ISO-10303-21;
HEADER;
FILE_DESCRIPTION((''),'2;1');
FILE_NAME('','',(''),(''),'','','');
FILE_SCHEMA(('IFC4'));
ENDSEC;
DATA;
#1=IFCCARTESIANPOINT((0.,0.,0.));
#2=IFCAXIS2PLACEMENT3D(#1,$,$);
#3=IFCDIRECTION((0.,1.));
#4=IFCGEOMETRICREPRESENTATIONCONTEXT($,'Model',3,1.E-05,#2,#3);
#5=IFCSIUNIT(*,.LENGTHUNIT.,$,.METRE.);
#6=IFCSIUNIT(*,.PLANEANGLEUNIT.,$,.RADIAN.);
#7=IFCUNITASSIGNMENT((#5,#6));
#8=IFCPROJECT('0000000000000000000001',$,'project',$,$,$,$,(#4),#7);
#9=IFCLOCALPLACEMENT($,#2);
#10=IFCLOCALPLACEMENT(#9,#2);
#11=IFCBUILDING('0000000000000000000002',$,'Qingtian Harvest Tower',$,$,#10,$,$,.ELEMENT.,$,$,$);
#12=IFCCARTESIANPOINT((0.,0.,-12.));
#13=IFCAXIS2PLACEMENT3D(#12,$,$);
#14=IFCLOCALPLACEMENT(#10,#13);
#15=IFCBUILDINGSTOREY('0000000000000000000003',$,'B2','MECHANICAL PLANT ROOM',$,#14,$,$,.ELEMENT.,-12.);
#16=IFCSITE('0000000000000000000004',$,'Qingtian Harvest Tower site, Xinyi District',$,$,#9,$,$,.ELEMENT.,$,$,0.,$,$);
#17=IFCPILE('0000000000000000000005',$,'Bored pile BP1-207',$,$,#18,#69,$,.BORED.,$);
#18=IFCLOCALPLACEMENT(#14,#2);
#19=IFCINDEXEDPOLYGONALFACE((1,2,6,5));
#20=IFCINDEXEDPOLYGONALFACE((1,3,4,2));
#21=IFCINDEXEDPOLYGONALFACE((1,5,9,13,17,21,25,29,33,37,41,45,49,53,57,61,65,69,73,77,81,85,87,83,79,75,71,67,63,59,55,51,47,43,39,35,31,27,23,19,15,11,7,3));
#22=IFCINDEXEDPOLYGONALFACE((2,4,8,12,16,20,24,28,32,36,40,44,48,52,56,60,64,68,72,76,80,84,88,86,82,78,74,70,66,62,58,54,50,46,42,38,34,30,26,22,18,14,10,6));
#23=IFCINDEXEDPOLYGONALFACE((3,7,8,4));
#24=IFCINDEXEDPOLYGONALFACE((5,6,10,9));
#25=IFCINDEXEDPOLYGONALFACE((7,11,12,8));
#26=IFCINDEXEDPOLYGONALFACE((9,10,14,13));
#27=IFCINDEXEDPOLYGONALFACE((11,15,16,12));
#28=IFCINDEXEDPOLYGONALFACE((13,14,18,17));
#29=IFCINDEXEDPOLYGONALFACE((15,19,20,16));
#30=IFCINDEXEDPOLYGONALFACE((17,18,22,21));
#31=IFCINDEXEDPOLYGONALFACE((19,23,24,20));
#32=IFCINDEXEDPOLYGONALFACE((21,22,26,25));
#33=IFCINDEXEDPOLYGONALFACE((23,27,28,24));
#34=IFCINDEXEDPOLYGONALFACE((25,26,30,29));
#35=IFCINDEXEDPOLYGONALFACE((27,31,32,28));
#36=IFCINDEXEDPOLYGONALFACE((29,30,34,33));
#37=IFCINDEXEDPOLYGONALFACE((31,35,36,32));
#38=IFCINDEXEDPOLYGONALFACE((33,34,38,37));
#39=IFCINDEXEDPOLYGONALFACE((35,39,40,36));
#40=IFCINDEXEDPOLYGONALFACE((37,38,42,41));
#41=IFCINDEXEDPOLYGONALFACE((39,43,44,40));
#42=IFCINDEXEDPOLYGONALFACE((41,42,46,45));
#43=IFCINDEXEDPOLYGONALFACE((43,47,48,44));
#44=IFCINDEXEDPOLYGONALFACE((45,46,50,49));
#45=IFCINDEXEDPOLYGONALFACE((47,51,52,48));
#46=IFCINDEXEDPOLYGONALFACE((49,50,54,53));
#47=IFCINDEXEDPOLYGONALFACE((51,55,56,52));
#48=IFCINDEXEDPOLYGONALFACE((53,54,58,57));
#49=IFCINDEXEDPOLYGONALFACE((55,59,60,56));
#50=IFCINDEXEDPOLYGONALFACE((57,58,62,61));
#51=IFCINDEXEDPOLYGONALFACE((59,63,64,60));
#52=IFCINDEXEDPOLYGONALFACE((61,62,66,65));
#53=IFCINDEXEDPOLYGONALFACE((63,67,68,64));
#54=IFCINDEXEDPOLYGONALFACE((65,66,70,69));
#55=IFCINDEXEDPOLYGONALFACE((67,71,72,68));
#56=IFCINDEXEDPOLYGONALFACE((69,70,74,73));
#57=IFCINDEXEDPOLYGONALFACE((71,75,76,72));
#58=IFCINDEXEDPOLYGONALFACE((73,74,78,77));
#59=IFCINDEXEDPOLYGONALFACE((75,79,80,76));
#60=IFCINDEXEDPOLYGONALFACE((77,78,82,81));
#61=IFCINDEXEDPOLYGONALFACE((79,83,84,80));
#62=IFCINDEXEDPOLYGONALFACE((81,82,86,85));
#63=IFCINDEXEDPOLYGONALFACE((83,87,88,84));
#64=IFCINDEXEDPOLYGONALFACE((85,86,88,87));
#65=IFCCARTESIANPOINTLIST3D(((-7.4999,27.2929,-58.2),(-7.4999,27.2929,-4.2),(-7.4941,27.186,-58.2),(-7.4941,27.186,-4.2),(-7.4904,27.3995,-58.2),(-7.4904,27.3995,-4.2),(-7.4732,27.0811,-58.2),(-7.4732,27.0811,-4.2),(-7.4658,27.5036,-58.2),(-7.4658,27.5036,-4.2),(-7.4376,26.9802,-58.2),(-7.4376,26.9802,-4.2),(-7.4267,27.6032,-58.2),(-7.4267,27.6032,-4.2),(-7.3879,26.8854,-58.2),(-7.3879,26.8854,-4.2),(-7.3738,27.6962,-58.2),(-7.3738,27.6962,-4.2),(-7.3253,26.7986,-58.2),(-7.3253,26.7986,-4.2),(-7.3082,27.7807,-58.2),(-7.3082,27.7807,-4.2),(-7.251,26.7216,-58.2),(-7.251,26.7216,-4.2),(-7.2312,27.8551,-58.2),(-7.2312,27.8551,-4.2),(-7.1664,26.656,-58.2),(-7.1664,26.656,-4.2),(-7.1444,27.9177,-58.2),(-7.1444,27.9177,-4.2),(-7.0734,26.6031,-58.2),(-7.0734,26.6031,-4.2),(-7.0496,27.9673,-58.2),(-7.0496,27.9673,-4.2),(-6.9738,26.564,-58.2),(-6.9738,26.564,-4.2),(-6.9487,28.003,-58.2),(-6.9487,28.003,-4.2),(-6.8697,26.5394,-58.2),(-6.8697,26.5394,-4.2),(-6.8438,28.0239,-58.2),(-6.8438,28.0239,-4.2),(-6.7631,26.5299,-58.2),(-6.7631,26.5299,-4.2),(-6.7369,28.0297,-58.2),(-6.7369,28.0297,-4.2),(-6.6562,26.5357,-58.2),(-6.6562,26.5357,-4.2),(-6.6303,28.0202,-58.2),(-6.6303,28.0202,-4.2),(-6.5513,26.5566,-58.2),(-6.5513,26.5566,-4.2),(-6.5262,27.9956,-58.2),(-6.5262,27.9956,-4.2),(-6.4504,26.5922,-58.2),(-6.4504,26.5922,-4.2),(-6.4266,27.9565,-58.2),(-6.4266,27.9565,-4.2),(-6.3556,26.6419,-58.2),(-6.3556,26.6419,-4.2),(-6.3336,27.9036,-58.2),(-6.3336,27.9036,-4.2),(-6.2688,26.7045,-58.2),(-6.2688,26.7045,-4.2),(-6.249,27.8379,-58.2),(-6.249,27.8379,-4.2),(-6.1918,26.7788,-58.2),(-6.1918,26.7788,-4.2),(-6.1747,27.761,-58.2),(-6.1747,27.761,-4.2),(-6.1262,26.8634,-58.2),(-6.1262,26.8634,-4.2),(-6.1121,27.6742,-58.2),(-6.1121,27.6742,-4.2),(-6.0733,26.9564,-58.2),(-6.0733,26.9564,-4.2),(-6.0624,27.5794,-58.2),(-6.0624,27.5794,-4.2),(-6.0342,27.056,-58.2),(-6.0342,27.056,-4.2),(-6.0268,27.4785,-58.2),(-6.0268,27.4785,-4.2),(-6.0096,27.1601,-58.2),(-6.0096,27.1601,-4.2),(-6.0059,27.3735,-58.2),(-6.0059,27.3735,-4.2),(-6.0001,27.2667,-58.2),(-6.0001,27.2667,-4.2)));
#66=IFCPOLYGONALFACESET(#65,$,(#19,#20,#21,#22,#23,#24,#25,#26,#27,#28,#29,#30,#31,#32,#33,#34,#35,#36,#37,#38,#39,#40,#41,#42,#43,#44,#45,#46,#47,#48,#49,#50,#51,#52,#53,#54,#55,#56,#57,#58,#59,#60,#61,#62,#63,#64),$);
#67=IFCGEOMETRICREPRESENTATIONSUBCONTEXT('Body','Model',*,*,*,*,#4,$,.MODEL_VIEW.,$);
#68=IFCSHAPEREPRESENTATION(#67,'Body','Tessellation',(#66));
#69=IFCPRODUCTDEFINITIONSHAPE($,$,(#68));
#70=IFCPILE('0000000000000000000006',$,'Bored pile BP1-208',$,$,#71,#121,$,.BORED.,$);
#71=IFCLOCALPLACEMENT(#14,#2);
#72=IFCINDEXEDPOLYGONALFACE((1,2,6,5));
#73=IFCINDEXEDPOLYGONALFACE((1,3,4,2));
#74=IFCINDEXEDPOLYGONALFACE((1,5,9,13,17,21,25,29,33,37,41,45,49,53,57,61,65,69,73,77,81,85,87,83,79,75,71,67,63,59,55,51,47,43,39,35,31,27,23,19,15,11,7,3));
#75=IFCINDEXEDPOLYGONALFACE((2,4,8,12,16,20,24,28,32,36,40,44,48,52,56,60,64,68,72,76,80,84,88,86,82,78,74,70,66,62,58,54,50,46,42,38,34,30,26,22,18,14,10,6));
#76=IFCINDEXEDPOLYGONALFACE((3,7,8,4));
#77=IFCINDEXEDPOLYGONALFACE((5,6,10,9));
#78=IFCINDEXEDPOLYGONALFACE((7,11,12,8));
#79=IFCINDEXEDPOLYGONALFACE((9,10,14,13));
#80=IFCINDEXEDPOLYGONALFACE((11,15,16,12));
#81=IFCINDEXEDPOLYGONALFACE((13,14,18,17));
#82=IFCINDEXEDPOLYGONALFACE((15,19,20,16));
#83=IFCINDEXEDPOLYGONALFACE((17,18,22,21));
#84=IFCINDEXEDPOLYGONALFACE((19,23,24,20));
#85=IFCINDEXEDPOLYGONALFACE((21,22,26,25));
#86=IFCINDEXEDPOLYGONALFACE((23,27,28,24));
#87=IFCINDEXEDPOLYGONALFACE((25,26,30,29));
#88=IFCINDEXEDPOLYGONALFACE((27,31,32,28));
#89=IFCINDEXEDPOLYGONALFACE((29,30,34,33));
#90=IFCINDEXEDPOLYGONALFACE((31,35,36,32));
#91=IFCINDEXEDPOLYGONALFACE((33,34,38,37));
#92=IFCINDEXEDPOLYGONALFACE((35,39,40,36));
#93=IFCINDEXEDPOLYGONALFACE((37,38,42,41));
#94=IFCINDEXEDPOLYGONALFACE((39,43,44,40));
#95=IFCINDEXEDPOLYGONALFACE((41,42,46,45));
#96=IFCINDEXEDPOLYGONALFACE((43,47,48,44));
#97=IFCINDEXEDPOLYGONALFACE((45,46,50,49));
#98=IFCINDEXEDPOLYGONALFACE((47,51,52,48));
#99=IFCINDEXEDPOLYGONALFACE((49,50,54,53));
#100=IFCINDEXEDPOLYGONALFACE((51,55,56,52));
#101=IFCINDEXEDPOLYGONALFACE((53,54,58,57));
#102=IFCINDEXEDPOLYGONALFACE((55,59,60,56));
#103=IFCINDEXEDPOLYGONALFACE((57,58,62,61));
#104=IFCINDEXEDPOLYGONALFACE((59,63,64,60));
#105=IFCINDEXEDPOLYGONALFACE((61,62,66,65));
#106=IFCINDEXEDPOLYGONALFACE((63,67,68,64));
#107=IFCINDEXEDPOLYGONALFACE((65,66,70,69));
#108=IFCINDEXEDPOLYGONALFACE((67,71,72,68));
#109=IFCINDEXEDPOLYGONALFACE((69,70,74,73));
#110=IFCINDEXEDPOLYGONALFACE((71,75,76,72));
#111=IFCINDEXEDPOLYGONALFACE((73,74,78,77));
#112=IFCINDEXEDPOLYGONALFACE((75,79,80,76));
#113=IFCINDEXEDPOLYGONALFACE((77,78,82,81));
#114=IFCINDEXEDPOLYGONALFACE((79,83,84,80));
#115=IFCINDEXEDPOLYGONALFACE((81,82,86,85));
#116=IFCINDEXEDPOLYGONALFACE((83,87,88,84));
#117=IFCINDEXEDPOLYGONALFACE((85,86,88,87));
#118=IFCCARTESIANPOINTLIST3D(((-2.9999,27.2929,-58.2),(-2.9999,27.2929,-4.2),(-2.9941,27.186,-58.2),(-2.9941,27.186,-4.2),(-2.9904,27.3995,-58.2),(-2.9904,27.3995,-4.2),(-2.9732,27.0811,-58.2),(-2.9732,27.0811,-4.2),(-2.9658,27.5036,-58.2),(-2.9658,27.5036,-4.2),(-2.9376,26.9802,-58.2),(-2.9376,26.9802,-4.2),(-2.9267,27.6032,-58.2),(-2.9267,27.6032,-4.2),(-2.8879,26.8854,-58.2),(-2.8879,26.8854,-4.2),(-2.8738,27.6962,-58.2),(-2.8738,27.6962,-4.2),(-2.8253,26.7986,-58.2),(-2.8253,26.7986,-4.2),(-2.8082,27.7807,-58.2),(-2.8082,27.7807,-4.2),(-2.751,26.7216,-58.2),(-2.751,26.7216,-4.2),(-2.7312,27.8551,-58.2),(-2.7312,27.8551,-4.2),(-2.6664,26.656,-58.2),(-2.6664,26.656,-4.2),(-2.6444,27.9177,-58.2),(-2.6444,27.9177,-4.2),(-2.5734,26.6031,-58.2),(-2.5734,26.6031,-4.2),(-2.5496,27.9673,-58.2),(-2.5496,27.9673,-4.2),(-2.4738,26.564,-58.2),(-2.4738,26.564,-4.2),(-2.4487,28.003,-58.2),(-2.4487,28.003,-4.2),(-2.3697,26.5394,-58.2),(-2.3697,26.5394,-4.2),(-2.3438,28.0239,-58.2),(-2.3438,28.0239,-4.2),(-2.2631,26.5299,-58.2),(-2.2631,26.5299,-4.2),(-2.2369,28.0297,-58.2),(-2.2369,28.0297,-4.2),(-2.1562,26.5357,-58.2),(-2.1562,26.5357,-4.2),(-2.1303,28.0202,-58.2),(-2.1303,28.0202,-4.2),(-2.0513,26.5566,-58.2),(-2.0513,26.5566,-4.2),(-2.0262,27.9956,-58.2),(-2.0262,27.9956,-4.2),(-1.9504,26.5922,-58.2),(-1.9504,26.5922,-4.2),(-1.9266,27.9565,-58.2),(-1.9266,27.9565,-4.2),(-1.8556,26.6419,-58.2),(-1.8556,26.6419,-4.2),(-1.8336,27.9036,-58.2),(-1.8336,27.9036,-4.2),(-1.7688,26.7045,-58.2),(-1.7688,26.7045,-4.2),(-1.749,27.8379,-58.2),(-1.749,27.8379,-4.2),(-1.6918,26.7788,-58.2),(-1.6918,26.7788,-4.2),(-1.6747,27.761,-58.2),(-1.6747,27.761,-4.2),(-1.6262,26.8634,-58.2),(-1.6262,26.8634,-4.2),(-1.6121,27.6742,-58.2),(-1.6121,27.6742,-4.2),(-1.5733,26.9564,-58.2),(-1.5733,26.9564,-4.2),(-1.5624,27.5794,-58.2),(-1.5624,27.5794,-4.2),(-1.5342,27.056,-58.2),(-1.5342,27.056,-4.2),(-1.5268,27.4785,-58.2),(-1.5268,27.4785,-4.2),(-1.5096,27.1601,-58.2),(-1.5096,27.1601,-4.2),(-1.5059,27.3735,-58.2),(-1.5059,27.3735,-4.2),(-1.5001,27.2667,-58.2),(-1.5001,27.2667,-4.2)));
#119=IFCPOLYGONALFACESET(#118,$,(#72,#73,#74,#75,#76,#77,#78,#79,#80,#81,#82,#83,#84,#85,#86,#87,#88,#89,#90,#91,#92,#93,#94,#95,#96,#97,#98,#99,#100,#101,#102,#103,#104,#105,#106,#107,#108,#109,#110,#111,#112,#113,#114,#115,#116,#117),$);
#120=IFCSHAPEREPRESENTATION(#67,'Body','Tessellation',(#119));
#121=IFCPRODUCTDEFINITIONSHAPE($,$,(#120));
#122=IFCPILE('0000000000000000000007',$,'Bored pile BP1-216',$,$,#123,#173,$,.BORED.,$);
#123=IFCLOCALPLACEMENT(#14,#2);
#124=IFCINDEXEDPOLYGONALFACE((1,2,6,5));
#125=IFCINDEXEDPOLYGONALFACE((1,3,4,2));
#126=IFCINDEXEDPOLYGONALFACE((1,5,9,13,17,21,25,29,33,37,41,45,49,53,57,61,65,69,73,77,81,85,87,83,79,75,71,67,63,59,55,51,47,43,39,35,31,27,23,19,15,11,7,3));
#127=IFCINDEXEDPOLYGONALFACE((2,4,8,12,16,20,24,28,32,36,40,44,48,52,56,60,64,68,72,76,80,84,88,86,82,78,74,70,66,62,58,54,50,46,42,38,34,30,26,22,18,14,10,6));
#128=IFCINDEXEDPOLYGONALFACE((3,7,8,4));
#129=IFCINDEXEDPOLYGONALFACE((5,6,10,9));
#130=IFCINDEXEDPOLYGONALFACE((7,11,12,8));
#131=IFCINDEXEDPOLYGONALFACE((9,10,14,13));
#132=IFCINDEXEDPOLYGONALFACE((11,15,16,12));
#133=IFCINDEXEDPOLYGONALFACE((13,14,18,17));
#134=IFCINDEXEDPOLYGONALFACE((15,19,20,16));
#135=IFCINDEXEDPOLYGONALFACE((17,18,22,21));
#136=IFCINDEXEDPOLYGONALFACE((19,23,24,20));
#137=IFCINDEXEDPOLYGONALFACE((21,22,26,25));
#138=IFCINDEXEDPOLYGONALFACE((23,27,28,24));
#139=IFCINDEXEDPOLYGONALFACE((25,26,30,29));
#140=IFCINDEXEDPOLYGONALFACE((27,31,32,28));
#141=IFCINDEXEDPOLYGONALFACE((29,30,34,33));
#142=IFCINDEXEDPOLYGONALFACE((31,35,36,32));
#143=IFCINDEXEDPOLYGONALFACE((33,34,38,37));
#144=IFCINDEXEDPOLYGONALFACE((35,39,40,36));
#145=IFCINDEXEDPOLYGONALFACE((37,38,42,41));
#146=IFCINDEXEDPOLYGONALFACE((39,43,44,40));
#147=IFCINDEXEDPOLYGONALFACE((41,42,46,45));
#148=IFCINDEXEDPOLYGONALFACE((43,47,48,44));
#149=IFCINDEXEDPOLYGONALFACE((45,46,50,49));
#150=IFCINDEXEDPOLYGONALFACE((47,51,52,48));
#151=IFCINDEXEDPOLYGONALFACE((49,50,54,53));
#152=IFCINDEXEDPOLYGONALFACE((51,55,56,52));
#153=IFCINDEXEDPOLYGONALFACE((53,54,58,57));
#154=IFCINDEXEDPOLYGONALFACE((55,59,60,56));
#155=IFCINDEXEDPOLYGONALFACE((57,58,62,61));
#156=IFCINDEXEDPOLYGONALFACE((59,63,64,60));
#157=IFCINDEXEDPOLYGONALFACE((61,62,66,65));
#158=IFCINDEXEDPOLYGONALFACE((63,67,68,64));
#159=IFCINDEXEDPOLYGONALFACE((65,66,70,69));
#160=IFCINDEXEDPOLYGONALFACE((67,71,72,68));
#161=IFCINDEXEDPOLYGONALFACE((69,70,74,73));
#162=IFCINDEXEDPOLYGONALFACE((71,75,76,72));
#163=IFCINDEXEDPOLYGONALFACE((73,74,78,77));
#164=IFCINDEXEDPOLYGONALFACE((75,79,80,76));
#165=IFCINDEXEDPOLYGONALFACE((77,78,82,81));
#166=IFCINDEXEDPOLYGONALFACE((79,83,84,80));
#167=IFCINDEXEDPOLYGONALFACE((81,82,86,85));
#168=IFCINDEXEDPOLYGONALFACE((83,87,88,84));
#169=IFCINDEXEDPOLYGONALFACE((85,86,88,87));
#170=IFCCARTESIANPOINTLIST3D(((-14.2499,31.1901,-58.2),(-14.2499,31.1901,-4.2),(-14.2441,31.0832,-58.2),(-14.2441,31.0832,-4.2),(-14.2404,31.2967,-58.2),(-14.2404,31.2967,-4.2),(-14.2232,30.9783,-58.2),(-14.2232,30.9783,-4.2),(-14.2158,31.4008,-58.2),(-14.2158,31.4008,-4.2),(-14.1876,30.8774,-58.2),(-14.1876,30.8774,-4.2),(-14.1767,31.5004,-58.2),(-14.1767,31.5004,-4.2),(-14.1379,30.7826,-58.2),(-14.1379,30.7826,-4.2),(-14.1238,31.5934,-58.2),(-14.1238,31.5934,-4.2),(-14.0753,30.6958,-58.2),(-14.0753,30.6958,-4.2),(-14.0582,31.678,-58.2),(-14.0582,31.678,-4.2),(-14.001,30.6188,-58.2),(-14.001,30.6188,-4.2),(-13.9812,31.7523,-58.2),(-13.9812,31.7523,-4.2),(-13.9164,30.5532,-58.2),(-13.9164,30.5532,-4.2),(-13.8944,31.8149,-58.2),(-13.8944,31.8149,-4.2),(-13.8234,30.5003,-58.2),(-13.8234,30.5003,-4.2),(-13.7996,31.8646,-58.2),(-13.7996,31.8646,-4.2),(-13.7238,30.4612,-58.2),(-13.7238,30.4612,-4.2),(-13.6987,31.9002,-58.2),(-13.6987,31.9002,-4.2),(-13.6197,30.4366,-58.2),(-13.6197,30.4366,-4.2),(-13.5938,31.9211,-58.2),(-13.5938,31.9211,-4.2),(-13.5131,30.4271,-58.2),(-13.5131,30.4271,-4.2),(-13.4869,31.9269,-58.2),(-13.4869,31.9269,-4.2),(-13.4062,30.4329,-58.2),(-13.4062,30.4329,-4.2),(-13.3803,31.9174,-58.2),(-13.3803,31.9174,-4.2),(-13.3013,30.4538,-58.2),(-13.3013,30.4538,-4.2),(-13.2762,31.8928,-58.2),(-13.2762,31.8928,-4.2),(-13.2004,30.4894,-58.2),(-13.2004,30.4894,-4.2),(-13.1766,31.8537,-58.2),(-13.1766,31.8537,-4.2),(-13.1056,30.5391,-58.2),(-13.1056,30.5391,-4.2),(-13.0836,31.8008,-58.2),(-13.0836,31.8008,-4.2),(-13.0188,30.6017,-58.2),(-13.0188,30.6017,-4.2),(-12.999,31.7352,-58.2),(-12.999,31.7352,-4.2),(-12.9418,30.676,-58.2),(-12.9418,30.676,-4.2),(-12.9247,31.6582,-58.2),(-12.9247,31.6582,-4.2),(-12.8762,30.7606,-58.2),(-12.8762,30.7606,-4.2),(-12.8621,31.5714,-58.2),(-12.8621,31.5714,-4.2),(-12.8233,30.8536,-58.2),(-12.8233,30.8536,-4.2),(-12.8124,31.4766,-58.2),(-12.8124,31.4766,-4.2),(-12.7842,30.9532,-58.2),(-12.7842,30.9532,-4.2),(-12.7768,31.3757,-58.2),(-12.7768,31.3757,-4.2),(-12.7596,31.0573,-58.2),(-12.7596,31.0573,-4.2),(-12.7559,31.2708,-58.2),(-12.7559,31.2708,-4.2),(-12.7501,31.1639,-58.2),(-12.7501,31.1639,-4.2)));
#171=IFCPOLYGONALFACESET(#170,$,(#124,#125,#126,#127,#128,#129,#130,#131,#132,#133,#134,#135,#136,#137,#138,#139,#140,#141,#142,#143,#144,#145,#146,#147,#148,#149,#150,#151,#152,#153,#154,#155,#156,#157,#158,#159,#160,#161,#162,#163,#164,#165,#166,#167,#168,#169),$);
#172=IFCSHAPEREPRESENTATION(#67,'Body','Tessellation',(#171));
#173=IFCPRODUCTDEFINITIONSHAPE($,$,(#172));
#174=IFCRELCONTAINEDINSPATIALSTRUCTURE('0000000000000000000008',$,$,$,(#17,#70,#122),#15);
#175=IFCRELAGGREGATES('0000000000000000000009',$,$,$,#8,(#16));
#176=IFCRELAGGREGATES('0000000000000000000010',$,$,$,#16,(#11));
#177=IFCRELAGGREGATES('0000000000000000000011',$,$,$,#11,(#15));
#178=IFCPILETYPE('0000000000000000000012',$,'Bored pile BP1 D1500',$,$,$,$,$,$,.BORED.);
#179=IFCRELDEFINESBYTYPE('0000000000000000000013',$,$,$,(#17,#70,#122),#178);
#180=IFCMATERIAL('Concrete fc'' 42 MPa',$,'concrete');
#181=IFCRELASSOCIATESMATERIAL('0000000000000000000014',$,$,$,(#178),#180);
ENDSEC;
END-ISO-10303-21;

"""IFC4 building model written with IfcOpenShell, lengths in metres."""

from ifc_helpers import new_model, si_unit, direction, frame, frame_2d, origin, place, context, subcontext, project, spatial, circle, extrude, material, material_profile, profile_set, type_object, element, save


model = new_model("IFC4")

# Units and contexts
model_context = context("Model", 3, precision=1e-05, world=origin(), true_north=direction((0.0, 1.0)))
body_context = subcontext(model_context, "Body", "Model", "MODEL_VIEW")
ifc_project = project(units=[si_unit("LENGTHUNIT", "METRE"), si_unit("PLANEANGLEUNIT", "RADIAN")], contexts=[model_context])

# Site, building, storey
site_placement = place(None, origin())
site = spatial("IfcSite", under=ifc_project, at=site_placement, Name="Qingtian Harvest Tower site, Xinyi District", CompositionType="ELEMENT", RefElevation=0.0)
building_placement = place(site_placement, origin())
building = spatial("IfcBuilding", under=site, at=building_placement, Name="Qingtian Harvest Tower", CompositionType="ELEMENT")
storey_placement = place(building_placement, frame((0.0, 0.0, -12.0)))
storey = spatial("IfcBuildingStorey", under=building, at=storey_placement, Name="B2", Description="MECHANICAL PLANT ROOM", CompositionType="ELEMENT", Elevation=-12.0)

# Piles
ifc_material_1 = material(Name="Concrete fc' 42 MPa", Category="concrete")
ifc_material_profile_1 = material_profile(ifc_material_1, circle(Radius=0.75, at=frame_2d((0.0, 0.0), x_axis=(0.999848, 0.017452))), Name="Bored pile BP1 D1500")
ifc_profile_set_1 = profile_set([ifc_material_profile_1], Name="Concrete fc' 42 MPa")
pile_type = type_object("IfcPileType", Name="Bored pile BP1 D1500", PredefinedType="BORED", material=ifc_profile_set_1)
for number, where, z_axis, x_axis, name in (
    (1, (-6.75, 27.2798, -4.2), (0.0, 0.0, -1.0), (1.0, 0.0, 0.0), "Bored pile BP1-207"),
    (2, (-2.25, 27.2798, -4.2), (0.0, 0.0, -1.0), (1.0, 0.0, 0.0), "Bored pile BP1-208"),
    (3, (-13.5, 31.177, -4.2), (0.0, 0.0, -1.0), (1.0, 0.0, 0.0), "Bored pile BP1-216"),
):
    element("IfcPile", number, at=place(storey_placement, frame(where, z_axis=z_axis, x_axis=x_axis)), inside=storey, type_object=pile_type, Name=name, PredefinedType="BORED", context=body_context, shape_type="SweptSolid", body=[
        extrude(circle(Radius=0.75, at=frame_2d((0.0, 0.0), x_axis=(0.999848, 0.017452))), origin(), (0.0, 0.0, 1.0), 54.0),
    ])

save(model, "model.ifc")
